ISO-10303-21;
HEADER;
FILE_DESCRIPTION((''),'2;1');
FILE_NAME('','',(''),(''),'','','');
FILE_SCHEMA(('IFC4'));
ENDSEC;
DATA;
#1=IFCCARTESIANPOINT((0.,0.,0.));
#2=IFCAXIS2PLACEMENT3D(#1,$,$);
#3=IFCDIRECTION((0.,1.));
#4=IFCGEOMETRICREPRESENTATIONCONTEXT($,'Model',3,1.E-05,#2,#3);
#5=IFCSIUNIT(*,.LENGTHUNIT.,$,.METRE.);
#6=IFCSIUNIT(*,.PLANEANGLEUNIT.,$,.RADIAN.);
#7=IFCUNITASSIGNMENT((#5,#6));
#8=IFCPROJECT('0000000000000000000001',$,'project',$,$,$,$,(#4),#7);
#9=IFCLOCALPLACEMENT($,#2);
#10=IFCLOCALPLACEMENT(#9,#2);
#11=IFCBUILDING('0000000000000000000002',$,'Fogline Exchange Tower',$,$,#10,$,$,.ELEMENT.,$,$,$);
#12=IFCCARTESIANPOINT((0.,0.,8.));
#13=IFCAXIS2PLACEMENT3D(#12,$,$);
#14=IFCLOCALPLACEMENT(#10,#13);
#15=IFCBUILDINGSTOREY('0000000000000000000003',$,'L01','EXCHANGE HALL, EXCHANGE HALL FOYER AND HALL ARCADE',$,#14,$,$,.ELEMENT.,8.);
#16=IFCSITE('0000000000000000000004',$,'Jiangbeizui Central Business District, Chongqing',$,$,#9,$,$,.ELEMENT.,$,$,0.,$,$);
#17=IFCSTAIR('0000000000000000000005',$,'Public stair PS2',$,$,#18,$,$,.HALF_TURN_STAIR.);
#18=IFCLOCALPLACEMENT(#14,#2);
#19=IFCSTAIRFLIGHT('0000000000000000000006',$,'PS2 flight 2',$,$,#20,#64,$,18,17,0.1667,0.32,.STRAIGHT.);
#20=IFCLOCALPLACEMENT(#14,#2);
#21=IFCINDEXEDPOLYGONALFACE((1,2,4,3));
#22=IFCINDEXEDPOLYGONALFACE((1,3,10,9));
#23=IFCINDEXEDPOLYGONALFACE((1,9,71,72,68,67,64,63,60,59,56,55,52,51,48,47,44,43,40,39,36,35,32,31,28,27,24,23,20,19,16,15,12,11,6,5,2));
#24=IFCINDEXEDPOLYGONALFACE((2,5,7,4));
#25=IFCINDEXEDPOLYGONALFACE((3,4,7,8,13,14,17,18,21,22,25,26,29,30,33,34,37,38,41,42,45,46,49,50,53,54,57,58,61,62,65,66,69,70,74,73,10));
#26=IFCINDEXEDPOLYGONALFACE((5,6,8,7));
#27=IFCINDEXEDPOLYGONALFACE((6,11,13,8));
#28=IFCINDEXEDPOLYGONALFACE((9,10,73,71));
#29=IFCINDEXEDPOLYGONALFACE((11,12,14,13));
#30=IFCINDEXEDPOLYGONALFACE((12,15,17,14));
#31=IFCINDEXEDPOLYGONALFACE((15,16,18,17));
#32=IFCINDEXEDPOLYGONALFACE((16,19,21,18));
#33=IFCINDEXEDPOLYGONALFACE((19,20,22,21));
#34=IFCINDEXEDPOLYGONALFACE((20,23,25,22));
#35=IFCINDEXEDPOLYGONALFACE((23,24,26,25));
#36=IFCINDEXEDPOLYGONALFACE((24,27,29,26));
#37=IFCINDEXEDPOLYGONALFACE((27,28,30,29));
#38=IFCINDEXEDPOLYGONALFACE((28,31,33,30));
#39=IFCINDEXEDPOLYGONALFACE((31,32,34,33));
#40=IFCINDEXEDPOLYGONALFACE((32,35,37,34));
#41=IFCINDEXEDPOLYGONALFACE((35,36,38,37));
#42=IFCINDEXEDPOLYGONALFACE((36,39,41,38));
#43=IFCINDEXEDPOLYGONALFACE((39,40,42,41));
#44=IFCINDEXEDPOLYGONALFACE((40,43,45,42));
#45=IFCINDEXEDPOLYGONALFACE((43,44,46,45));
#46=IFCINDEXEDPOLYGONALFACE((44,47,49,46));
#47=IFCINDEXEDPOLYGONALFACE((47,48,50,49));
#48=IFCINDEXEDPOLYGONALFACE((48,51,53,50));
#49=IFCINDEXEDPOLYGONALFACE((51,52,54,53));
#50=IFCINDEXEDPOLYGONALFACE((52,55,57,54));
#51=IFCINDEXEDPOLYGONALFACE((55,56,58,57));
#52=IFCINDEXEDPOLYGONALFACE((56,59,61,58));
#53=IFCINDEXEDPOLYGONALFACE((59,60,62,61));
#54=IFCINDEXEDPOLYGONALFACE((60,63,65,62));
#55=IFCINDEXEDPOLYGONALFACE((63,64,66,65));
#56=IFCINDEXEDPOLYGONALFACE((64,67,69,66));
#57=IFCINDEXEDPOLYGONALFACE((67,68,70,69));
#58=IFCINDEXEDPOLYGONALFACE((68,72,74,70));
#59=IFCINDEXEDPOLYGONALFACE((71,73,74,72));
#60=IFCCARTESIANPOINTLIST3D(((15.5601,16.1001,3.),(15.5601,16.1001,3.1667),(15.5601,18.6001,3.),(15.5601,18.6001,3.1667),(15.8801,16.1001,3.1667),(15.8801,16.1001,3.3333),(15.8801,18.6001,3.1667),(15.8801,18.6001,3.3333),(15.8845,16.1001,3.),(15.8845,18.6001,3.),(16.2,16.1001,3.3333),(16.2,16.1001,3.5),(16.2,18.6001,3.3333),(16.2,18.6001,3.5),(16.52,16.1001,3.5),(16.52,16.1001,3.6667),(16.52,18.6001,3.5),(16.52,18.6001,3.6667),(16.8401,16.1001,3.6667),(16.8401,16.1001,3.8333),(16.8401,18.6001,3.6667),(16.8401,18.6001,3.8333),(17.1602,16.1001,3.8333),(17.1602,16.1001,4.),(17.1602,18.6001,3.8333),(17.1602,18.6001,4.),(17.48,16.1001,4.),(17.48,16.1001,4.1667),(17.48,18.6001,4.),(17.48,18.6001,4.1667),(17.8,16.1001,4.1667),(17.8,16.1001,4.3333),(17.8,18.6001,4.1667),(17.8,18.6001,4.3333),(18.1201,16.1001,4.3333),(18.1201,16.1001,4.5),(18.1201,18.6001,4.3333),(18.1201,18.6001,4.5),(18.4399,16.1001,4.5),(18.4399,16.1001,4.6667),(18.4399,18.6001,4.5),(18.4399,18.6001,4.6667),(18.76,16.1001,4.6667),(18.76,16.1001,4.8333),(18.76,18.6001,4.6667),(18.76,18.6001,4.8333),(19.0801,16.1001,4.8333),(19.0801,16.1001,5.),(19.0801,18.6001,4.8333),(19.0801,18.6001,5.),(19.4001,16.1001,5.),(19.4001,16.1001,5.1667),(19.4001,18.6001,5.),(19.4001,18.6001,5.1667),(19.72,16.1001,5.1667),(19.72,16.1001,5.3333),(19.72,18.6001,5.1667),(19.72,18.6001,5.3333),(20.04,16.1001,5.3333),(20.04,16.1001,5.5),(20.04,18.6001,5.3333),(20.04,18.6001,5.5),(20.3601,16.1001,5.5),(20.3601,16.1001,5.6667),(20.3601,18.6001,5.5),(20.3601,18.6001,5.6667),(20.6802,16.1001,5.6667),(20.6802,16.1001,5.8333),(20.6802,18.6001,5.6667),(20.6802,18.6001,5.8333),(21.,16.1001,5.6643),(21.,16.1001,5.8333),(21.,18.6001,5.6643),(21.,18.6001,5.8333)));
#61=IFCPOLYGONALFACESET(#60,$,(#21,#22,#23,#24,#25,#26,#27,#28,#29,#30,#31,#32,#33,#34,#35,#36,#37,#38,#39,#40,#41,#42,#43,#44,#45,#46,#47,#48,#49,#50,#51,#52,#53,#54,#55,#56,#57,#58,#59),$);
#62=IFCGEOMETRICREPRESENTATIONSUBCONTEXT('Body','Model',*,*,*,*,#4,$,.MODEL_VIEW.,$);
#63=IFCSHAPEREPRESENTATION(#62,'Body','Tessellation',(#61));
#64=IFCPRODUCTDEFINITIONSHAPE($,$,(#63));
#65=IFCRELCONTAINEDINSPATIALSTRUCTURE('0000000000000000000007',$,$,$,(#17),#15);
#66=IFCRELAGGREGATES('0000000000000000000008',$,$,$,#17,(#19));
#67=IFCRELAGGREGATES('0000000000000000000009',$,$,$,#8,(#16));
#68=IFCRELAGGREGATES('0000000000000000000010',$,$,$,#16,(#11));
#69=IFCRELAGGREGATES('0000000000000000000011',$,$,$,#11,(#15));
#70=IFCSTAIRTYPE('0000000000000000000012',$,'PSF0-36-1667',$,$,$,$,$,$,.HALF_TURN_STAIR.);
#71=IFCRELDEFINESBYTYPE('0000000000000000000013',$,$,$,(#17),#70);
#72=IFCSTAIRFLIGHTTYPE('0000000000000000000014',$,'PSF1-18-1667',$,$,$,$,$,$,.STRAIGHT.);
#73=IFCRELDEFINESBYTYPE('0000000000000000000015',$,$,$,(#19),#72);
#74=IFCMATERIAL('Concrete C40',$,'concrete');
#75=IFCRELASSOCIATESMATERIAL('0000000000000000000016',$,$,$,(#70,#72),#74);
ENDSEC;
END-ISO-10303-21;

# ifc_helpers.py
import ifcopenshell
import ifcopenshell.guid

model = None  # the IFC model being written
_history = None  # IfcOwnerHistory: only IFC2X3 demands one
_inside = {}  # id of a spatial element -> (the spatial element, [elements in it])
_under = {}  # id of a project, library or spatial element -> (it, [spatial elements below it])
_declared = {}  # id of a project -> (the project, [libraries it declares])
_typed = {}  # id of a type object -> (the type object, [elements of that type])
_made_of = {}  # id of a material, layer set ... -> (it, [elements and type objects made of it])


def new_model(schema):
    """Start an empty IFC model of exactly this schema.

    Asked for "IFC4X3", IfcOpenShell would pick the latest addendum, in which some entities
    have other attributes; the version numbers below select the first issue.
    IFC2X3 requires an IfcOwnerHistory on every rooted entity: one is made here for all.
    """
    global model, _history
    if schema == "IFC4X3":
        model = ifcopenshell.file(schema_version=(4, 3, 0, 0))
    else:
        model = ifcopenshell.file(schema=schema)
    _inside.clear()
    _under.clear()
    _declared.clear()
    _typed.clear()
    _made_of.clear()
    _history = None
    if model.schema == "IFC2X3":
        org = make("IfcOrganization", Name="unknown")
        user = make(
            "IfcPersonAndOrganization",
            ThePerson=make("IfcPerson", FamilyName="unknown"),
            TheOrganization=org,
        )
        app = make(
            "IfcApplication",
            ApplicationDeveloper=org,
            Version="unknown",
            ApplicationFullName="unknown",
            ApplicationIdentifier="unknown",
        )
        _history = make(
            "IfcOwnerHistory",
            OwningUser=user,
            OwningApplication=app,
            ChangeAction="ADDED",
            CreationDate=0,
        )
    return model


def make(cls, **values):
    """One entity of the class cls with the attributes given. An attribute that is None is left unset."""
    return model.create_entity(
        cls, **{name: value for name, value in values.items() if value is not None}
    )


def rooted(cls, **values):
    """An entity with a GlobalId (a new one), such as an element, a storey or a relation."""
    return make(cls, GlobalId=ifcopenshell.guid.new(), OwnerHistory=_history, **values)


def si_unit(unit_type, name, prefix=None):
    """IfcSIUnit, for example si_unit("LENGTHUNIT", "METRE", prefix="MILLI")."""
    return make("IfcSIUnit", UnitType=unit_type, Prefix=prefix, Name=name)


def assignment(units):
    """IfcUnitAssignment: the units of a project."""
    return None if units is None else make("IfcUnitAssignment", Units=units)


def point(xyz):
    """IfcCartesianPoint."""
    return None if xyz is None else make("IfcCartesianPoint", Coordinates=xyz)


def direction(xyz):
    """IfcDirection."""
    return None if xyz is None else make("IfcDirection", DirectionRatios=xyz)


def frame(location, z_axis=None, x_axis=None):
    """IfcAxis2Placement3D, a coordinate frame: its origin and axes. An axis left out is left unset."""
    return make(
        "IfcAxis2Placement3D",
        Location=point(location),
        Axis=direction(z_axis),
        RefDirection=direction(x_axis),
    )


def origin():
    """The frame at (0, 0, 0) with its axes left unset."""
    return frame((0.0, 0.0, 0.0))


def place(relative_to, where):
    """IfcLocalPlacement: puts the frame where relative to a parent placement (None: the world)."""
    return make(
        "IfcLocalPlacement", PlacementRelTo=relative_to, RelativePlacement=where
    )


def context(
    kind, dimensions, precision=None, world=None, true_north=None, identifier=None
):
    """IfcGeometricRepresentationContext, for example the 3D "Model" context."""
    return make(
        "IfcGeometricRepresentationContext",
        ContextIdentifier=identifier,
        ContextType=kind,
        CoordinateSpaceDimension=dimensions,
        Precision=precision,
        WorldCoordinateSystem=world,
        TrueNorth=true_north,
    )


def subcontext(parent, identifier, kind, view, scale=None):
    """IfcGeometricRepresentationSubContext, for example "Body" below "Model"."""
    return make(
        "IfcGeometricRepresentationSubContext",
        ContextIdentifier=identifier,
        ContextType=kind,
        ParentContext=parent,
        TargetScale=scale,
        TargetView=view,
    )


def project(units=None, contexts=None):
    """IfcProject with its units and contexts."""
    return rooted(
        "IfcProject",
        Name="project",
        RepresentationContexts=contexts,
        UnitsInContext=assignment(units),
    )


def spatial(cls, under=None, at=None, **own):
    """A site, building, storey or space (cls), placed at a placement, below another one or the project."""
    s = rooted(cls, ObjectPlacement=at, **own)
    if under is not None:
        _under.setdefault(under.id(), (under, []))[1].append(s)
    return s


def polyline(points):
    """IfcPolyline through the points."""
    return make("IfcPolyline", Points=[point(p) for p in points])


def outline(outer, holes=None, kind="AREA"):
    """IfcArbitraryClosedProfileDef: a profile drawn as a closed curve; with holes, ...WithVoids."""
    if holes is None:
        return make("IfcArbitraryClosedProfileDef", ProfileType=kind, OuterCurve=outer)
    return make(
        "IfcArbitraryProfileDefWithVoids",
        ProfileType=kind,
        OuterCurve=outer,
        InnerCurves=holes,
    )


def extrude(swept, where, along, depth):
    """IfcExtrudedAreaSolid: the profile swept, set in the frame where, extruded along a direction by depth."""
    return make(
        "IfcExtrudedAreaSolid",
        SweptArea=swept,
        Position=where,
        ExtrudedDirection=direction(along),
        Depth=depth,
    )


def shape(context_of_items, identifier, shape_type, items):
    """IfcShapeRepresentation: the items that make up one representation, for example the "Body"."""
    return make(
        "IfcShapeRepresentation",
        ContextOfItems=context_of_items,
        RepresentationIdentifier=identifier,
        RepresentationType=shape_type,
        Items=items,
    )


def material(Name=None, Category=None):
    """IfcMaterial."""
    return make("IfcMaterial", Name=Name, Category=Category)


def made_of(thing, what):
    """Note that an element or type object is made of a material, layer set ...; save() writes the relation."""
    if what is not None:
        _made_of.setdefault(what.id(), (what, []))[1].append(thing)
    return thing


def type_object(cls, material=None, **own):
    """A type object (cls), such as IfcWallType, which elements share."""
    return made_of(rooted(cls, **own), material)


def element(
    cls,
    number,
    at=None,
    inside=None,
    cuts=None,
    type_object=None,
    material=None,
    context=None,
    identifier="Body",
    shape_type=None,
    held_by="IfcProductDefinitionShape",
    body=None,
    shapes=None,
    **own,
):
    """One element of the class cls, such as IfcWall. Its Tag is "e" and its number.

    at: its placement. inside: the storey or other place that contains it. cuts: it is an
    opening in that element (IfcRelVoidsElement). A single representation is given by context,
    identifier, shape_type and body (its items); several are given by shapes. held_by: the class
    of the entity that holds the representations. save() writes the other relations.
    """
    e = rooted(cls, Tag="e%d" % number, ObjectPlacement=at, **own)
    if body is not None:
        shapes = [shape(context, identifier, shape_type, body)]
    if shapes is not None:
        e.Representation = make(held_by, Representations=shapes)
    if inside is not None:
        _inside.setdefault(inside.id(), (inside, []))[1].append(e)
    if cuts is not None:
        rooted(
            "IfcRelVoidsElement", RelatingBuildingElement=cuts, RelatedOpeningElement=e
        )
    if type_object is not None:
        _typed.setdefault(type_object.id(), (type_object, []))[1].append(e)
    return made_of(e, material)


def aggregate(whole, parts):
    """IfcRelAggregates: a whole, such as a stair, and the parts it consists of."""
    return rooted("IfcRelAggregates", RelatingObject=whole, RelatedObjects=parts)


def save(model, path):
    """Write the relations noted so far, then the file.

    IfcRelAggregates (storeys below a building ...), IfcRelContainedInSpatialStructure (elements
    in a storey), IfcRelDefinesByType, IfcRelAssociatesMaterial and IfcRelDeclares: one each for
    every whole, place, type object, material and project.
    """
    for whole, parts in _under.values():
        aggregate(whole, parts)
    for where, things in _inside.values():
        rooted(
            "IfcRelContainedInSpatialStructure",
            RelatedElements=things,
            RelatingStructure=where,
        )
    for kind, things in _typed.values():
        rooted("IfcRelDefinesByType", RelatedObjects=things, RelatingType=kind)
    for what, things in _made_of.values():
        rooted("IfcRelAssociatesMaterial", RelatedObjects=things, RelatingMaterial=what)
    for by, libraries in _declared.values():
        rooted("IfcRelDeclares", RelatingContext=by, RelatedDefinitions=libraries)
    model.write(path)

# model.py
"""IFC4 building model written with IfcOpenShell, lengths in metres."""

from ifc_helpers import new_model, si_unit, direction, frame, origin, place, context, subcontext, project, spatial, polyline, outline, extrude, material, type_object, element, aggregate, save


model = new_model("IFC4")

# Units and contexts
model_context = context("Model", 3, precision=1e-05, world=origin(), true_north=direction((0.0, 1.0)))
body_context = subcontext(model_context, "Body", "Model", "MODEL_VIEW")
ifc_project = project(units=[si_unit("LENGTHUNIT", "METRE"), si_unit("PLANEANGLEUNIT", "RADIAN")], contexts=[model_context])

# Site, building, storey
site_placement = place(None, origin())
site = spatial("IfcSite", under=ifc_project, at=site_placement, Name="Jiangbeizui Central Business District, Chongqing", CompositionType="ELEMENT", RefElevation=0.0)
building_placement = place(site_placement, origin())
building = spatial("IfcBuilding", under=site, at=building_placement, Name="Fogline Exchange Tower", CompositionType="ELEMENT")
storey_placement = place(building_placement, frame((0.0, 0.0, 8.0)))
storey = spatial("IfcBuildingStorey", under=building, at=storey_placement, Name="L01", Description="EXCHANGE HALL, EXCHANGE HALL FOYER AND HALL ARCADE", CompositionType="ELEMENT", Elevation=8.0)

# Shared definitions
ifc_material_1 = material(Name="Concrete C40", Category="concrete")

# Stair, stair flight
stair_type = type_object("IfcStairType", Name="PSF0-36-1667", PredefinedType="HALF_TURN_STAIR", material=ifc_material_1)
stair_placement = place(storey_placement, origin())
stair = element("IfcStair", 1, at=stair_placement, inside=storey, type_object=stair_type, Name="Public stair PS2", PredefinedType="HALF_TURN_STAIR")
stair_flight_type = type_object("IfcStairFlightType", Name="PSF1-18-1667", PredefinedType="STRAIGHT", material=ifc_material_1)
stair_flight_placement = place(storey_placement, frame((15.5601, 17.3501, 3.0), z_axis=(0.0, 0.0, 1.0), x_axis=(1.0, 0.0, 0.0)))
stair_flight = element("IfcStairFlight", 2, at=stair_flight_placement, type_object=stair_flight_type, Name="PS2 flight 2", NumberOfRisers=18, NumberOfTreads=17, PredefinedType="STRAIGHT", RiserHeight=0.1667, TreadLength=0.32, context=body_context, shape_type="SweptSolid", body=[
    extrude(outline(polyline([(0.0, 0.0), (0.0, 0.1667), (0.3201, 0.1667), (0.3201, 0.3333), (0.6399, 0.3333), (0.6399, 0.5), (0.96, 0.5), (0.96, 0.6667), (1.28, 0.6667), (1.28, 0.8333), (1.6001, 0.8333), (1.6001, 1.0), (1.9199, 1.0), (1.9199, 1.1667), (2.24, 1.1667), (2.24, 1.3333), (2.5601, 1.3333), (2.5601, 1.5), (2.8799, 1.5), (2.8799, 1.6667), (3.2, 1.6667), (3.2, 1.8333), (3.52, 1.8333), (3.52, 2.0), (3.8401, 2.0), (3.8401, 2.1667), (4.1599, 2.1667), (4.1599, 2.3333), (4.48, 2.3333), (4.48, 2.5), (4.8, 2.5), (4.8, 2.6667), (5.1201, 2.6667), (5.1201, 2.8333), (5.4399, 2.8333), (5.4399, 3.0), (5.4399, 2.6643), (0.3245, 0.0), (0.0, 0.0)])), frame((0.0, 1.25, 0.0), z_axis=(0.0, -1.0, 0.0), x_axis=(1.0, 0.0, 0.0)), (0.0, 0.0, 1.0), 2.5),
])
aggregate(stair, [stair_flight])

save(model, "model.ifc")
